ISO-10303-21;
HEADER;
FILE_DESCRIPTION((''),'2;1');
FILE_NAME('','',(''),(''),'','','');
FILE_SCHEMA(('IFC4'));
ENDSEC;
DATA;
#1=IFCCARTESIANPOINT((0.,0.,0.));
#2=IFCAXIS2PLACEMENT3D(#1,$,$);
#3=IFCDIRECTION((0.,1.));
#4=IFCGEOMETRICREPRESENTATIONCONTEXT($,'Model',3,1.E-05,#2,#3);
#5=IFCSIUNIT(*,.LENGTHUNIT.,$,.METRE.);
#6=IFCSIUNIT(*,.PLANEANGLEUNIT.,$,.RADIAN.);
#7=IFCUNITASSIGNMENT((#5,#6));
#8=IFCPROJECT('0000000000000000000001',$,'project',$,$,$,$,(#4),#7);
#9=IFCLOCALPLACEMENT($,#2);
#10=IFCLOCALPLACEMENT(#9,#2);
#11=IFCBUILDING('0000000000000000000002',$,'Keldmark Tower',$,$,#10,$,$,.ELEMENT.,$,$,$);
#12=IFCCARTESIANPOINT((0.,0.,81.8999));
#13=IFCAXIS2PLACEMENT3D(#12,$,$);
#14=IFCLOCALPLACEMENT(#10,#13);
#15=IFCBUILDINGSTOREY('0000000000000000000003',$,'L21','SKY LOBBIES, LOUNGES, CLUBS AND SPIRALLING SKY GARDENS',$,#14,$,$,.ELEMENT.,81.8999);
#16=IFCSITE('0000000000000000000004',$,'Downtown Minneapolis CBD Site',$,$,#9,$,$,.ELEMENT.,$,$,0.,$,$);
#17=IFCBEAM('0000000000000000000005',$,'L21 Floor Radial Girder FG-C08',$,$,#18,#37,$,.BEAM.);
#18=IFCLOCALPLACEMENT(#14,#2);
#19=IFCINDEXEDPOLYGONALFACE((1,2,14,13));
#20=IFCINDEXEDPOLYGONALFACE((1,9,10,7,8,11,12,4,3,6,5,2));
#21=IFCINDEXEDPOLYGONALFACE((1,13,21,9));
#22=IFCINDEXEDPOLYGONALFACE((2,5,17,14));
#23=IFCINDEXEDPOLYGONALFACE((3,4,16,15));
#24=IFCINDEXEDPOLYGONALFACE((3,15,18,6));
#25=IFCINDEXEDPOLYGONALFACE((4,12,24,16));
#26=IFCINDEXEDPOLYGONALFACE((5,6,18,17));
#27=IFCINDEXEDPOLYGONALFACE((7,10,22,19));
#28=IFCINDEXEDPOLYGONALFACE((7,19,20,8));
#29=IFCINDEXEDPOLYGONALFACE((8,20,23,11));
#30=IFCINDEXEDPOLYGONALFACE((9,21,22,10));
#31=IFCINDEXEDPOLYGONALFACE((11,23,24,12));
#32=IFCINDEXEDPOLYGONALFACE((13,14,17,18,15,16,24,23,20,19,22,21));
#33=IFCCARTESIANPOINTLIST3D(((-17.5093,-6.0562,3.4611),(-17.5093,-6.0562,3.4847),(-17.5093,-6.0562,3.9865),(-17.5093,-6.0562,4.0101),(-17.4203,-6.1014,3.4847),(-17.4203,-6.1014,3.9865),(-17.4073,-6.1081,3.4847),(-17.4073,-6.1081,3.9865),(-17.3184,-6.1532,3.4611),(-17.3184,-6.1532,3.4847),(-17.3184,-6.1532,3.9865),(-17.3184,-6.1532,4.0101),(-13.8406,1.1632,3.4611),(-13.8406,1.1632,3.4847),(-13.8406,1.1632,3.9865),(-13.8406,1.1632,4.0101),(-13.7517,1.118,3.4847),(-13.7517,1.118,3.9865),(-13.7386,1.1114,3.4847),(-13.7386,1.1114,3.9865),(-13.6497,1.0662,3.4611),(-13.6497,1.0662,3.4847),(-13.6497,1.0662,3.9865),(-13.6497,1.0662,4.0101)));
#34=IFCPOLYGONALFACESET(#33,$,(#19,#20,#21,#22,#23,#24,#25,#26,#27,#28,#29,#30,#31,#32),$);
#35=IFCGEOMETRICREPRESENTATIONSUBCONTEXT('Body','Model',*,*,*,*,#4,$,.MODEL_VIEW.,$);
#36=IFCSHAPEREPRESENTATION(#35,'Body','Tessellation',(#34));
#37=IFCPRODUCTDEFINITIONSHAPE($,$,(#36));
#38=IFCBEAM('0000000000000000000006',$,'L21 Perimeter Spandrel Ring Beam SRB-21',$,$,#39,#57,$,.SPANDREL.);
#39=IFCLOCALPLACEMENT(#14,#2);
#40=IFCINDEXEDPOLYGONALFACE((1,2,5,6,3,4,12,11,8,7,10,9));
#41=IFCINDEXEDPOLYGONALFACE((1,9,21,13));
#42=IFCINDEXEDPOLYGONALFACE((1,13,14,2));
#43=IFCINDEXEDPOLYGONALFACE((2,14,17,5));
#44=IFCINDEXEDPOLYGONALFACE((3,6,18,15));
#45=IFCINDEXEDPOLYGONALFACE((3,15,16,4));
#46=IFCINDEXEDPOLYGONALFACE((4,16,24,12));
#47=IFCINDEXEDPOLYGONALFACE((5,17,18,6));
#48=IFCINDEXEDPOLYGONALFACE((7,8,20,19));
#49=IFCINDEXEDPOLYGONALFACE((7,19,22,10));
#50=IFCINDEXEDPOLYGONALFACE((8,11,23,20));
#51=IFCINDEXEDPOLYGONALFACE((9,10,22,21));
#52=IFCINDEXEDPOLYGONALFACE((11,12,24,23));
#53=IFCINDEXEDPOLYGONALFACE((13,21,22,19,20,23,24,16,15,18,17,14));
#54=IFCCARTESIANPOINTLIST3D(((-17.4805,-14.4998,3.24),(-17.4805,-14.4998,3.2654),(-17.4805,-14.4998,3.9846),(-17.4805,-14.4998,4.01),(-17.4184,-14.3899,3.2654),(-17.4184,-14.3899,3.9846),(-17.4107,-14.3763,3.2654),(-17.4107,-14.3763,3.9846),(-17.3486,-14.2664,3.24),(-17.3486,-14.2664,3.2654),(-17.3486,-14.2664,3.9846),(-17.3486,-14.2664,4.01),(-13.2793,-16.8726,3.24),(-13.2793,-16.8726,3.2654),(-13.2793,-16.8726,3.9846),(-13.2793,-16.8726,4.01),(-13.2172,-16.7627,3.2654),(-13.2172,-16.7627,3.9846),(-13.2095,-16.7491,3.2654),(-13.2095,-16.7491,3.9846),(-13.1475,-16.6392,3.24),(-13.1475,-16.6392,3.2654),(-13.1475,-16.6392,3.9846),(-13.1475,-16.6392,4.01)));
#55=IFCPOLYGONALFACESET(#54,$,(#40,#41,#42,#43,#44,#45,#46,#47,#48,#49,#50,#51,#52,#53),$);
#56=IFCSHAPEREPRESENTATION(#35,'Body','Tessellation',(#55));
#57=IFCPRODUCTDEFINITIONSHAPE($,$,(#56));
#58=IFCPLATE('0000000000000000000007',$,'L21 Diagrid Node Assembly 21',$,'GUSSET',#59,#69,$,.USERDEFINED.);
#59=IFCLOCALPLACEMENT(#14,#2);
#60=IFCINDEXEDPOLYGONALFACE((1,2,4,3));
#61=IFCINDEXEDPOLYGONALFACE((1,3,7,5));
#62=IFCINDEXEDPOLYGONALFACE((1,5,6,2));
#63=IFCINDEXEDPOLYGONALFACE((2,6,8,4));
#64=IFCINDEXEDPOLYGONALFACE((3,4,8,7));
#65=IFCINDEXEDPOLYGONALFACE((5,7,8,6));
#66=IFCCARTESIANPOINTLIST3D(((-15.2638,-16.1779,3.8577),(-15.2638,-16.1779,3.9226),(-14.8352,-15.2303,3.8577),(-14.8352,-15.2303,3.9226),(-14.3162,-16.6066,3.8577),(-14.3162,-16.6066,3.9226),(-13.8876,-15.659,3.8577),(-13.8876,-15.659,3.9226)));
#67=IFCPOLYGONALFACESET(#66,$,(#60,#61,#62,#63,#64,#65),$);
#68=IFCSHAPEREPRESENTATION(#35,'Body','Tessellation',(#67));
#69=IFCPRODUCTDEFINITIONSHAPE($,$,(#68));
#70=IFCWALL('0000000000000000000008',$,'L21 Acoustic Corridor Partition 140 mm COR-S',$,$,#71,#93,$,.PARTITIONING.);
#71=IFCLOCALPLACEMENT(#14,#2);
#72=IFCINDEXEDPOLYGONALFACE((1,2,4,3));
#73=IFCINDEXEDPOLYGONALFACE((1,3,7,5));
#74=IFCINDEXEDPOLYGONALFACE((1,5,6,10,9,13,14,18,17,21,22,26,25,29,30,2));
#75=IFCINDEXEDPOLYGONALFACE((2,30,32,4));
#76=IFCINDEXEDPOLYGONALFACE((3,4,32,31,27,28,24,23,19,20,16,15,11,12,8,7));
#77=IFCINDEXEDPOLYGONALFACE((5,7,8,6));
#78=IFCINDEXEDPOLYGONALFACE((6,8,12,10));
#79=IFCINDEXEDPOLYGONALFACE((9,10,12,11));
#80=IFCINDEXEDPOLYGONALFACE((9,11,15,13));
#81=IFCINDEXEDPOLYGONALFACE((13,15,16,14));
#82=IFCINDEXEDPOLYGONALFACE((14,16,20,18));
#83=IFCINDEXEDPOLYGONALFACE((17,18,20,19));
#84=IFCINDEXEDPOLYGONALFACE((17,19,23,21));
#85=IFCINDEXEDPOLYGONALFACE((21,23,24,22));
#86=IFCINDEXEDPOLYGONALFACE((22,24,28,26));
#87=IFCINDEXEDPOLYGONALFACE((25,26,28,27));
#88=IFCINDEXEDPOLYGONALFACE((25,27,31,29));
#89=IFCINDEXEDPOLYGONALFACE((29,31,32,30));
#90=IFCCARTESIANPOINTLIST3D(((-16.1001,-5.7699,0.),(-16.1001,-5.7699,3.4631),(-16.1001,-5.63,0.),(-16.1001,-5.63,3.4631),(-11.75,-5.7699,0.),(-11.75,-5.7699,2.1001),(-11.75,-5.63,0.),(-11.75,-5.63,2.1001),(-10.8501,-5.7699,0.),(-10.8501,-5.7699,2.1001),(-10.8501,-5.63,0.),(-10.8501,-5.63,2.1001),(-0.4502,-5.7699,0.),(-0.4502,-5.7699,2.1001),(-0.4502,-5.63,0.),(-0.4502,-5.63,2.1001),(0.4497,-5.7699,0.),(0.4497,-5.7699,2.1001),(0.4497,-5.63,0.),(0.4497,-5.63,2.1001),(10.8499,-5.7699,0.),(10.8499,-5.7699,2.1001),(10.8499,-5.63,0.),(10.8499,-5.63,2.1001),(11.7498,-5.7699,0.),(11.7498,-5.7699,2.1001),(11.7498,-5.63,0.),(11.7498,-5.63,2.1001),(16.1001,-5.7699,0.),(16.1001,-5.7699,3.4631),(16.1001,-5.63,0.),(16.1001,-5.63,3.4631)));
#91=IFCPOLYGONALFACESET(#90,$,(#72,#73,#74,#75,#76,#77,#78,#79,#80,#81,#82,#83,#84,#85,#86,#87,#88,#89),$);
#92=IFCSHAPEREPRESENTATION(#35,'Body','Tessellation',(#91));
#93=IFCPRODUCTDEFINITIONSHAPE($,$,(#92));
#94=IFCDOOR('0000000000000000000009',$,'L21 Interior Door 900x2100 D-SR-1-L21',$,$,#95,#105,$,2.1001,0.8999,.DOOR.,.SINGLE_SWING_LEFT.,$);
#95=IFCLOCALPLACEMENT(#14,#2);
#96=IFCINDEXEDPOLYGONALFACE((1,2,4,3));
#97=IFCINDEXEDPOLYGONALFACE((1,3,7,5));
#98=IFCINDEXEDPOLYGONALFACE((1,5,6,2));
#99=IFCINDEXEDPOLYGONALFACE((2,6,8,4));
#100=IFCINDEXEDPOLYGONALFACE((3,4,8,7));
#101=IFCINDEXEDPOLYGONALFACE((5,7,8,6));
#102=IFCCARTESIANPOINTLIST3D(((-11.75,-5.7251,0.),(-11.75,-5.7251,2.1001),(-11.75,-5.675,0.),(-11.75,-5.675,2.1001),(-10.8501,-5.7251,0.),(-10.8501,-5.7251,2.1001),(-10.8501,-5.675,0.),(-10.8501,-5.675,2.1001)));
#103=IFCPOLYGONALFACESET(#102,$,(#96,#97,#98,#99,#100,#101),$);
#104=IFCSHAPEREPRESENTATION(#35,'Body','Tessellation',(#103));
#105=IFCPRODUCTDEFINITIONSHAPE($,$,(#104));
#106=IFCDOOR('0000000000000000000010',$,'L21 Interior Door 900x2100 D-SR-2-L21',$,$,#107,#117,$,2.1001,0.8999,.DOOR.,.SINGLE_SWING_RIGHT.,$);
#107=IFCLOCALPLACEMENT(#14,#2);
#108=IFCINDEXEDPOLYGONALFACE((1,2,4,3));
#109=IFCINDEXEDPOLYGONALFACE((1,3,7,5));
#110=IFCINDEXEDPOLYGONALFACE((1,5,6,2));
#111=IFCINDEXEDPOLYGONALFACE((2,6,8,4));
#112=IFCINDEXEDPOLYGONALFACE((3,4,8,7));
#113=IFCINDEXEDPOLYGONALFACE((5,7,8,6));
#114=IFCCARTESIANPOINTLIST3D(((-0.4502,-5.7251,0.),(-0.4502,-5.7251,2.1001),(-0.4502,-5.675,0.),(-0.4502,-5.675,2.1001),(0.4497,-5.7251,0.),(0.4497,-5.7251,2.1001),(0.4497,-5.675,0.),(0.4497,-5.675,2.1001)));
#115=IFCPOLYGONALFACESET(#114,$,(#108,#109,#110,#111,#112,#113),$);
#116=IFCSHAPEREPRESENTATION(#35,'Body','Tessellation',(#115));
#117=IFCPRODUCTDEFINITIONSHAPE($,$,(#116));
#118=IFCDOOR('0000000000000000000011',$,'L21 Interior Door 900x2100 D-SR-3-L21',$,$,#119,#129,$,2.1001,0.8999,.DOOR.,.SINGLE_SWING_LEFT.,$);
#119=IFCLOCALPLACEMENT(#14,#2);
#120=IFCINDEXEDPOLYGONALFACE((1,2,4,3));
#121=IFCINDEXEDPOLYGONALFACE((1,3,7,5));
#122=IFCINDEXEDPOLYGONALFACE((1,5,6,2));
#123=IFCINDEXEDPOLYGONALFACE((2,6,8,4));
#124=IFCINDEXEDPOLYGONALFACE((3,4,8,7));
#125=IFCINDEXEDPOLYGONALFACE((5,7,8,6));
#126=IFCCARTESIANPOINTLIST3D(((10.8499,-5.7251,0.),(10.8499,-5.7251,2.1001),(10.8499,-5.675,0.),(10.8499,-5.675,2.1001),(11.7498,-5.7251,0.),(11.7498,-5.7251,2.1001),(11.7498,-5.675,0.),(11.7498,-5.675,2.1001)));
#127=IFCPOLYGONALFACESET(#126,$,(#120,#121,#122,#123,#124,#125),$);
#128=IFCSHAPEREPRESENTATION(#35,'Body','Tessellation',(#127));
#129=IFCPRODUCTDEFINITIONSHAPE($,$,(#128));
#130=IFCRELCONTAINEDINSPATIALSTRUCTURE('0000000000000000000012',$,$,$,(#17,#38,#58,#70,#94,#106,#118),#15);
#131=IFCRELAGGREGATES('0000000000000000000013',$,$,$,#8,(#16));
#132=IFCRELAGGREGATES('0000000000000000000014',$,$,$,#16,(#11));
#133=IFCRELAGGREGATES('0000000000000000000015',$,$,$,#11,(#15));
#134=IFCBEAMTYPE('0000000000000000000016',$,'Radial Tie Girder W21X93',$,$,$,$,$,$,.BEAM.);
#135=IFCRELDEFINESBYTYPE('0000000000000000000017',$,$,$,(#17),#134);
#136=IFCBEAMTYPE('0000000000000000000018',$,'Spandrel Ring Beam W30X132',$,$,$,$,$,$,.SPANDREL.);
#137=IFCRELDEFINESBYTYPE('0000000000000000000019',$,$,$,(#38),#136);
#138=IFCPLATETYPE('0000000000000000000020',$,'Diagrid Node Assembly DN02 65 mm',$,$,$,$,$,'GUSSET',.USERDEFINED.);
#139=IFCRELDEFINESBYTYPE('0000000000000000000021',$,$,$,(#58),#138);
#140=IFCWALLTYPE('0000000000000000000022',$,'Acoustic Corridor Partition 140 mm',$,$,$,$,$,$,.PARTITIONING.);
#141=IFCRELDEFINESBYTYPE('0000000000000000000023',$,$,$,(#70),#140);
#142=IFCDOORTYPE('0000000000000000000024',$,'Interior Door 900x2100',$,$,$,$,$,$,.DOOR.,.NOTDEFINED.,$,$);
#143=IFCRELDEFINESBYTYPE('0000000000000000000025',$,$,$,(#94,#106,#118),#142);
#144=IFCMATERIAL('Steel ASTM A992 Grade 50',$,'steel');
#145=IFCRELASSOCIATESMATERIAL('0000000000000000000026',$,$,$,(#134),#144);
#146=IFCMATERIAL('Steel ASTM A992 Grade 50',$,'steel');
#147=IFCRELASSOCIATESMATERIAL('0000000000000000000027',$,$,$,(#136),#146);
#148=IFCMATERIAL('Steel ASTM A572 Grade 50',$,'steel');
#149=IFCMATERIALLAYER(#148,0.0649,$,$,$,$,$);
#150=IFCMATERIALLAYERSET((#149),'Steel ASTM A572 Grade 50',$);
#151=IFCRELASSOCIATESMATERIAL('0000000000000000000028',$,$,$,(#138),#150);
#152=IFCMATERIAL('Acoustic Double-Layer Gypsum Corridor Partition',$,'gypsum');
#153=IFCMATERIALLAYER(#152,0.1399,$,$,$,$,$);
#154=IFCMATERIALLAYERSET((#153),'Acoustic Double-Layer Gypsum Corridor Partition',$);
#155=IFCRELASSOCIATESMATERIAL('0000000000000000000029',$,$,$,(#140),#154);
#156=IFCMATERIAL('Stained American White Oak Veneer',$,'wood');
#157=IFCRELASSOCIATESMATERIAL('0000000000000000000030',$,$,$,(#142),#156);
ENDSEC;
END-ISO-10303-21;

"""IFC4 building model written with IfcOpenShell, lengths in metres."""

from ifc_helpers import new_model, si_unit, direction, frame, frame_2d, origin, origin_2d, place, context, subcontext, project, spatial, rectangle, i_section, extrude, material, layer, layer_set, material_profile, profile_set, type_object, element, fill, save


model = new_model("IFC4")

# Units and contexts
model_context = context("Model", 3, precision=1e-05, world=origin(), true_north=direction((0.0, 1.0)))
body_context = subcontext(model_context, "Body", "Model", "MODEL_VIEW")
ifc_project = project(units=[si_unit("LENGTHUNIT", "METRE"), si_unit("PLANEANGLEUNIT", "RADIAN")], contexts=[model_context])

# Site, building, storey
site_placement = place(None, origin())
site = spatial("IfcSite", under=ifc_project, at=site_placement, Name="Downtown Minneapolis CBD Site", CompositionType="ELEMENT", RefElevation=0.0)
building_placement = place(site_placement, origin())
building = spatial("IfcBuilding", under=site, at=building_placement, Name="Keldmark Tower", CompositionType="ELEMENT")
storey_placement = place(building_placement, frame((0.0, 0.0, 81.8999)))
storey = spatial("IfcBuildingStorey", under=building, at=storey_placement, Name="L21", Description="SKY LOBBIES, LOUNGES, CLUBS AND SPIRALLING SKY GARDENS", CompositionType="ELEMENT", Elevation=81.8999)

# Beams
ifc_material_1 = material(Name="Steel ASTM A992 Grade 50", Category="steel")
ifc_material_profile_1 = material_profile(ifc_material_1, i_section(OverallWidth=0.2141, OverallDepth=0.5491, WebThickness=0.0146, FlangeThickness=0.0237, at=origin_2d()), Name="W21X93")
ifc_profile_set_1 = profile_set([ifc_material_profile_1], Name="Steel ASTM A992 Grade 50")
beam_type_1 = type_object("IfcBeamType", Name="Radial Tie Girder W21X93", PredefinedType="BEAM", material=ifc_profile_set_1)
beam_1_placement = place(storey_placement, frame((-17.4138, -6.1047, 3.7356), z_axis=(0.453029, 0.891496, 0.0), x_axis=(-0.891496, 0.453029, 0.0)))
element("IfcBeam", 1, at=beam_1_placement, inside=storey, type_object=beam_type_1, Name="L21 Floor Radial Girder FG-C08", PredefinedType="BEAM", context=body_context, shape_type="SweptSolid", body=[
    extrude(i_section(OverallWidth=0.2141, OverallDepth=0.5491, WebThickness=0.0146, FlangeThickness=0.0237, at=origin_2d()), origin(), (0.0, 0.0, 1.0), 8.0981),
])
ifc_material_2 = material(Name="Steel ASTM A992 Grade 50", Category="steel")
ifc_material_profile_2 = material_profile(ifc_material_2, i_section(OverallWidth=0.2681, OverallDepth=0.77, WebThickness=0.0156, FlangeThickness=0.0254, at=origin_2d()), Name="W30X132")
ifc_profile_set_2 = profile_set([ifc_material_profile_2], Name="Steel ASTM A992 Grade 50")
beam_type_2 = type_object("IfcBeamType", Name="Spandrel Ring Beam W30X132", PredefinedType="SPANDREL", material=ifc_profile_set_2)
beam_2_placement = place(storey_placement, frame((-17.4146, -14.3831, 3.625), z_axis=(0.87072, -0.491779, 0.0), x_axis=(0.491779, 0.87072, 0.0)))
element("IfcBeam", 2, at=beam_2_placement, inside=storey, type_object=beam_type_2, Name="L21 Perimeter Spandrel Ring Beam SRB-21", PredefinedType="SPANDREL", context=body_context, shape_type="SweptSolid", body=[
    extrude(i_section(OverallWidth=0.2681, OverallDepth=0.77, WebThickness=0.0156, FlangeThickness=0.0254, at=origin_2d()), origin(), (0.0, 0.0, 1.0), 4.825),
])

# Plate
ifc_material_3 = material(Name="Steel ASTM A572 Grade 50", Category="steel")
ifc_layer_1 = layer(ifc_material_3, 0.0649)
ifc_layer_set_1 = layer_set([ifc_layer_1], Name="Steel ASTM A572 Grade 50")
plate_type = type_object("IfcPlateType", Name="Diagrid Node Assembly DN02 65 mm", ElementType="GUSSET", PredefinedType="USERDEFINED", material=ifc_layer_set_1)
plate_placement = place(storey_placement, frame((-14.5757, -15.9185, 3.8577), z_axis=(0.0, 0.0, 1.0), x_axis=(0.911116, -0.412151, 0.0)))
element("IfcPlate", 3, at=plate_placement, inside=storey, type_object=plate_type, Name="L21 Diagrid Node Assembly 21", ObjectType="GUSSET", PredefinedType="USERDEFINED", context=body_context, shape_type="SweptSolid", body=[
    extrude(rectangle(XDim=1.04, YDim=1.04, at=origin_2d()), origin(), (0.0, 0.0, 1.0), 0.0649),
])

# Wall, openings, doors
ifc_material_4 = material(Name="Acoustic Double-Layer Gypsum Corridor Partition", Category="gypsum")
ifc_layer_2 = layer(ifc_material_4, 0.1399)
ifc_layer_set_2 = layer_set([ifc_layer_2], Name="Acoustic Double-Layer Gypsum Corridor Partition")
wall_type_1 = type_object("IfcWallType", Name="Acoustic Corridor Partition 140 mm", PredefinedType="PARTITIONING", material=ifc_layer_set_2)
wall_1_placement = place(storey_placement, frame((-16.1001, -5.7, 0.0), z_axis=(0.0, 0.0, 1.0), x_axis=(1.0, 0.0, 0.0)))
wall_1 = element("IfcWall", 4, at=wall_1_placement, inside=storey, type_object=wall_type_1, Name="L21 Acoustic Corridor Partition 140 mm COR-S", PredefinedType="PARTITIONING", context=body_context, shape_type="SweptSolid", body=[
    extrude(rectangle(XDim=32.2002, YDim=0.1399, at=frame_2d((16.1001, 0.0))), origin(), (0.0, 0.0, 1.0), 3.4631),
])
opening_1_placement = place(wall_1_placement, frame((4.3501, 0.0, 0.0)))
opening_1 = element("IfcOpeningElement", 5, at=opening_1_placement, cuts=wall_1, PredefinedType="OPENING", context=body_context, shape_type="SweptSolid", body=[
    extrude(rectangle(XDim=0.8999, YDim=2.1001, at=frame_2d((0.45, 1.05))), frame((0.0, 0.0798, 0.0), z_axis=(0.0, -1.0, 0.0), x_axis=(1.0, 0.0, 0.0)), (0.0, 0.0, 1.0), 0.1599),
])
opening_2_placement = place(wall_1_placement, frame((15.6499, 0.0, 0.0)))
opening_2 = element("IfcOpeningElement", 6, at=opening_2_placement, cuts=wall_1, PredefinedType="OPENING", context=body_context, shape_type="SweptSolid", body=[
    extrude(rectangle(XDim=0.8999, YDim=2.1001, at=frame_2d((0.45, 1.05))), frame((0.0, 0.0798, 0.0), z_axis=(0.0, -1.0, 0.0), x_axis=(1.0, 0.0, 0.0)), (0.0, 0.0, 1.0), 0.1599),
])
opening_3_placement = place(wall_1_placement, frame((26.95, 0.0, 0.0)))
opening_3 = element("IfcOpeningElement", 7, at=opening_3_placement, cuts=wall_1, PredefinedType="OPENING", context=body_context, shape_type="SweptSolid", body=[
    extrude(rectangle(XDim=0.8999, YDim=2.1001, at=frame_2d((0.45, 1.05))), frame((0.0, 0.0798, 0.0), z_axis=(0.0, -1.0, 0.0), x_axis=(1.0, 0.0, 0.0)), (0.0, 0.0, 1.0), 0.1599),
])
ifc_material_5 = material(Name="Stained American White Oak Veneer", Category="wood")
door_type_1 = type_object("IfcDoorType", Name="Interior Door 900x2100", OperationType="NOTDEFINED", PredefinedType="DOOR", material=ifc_material_5)
door_1_placement = place(opening_1_placement, origin())
door_1 = element("IfcDoor", 8, at=door_1_placement, inside=storey, type_object=door_type_1, Name="L21 Interior Door 900x2100 D-SR-1-L21", OperationType="SINGLE_SWING_LEFT", OverallHeight=2.1001, OverallWidth=0.8999, PredefinedType="DOOR", context=body_context, shape_type="SweptSolid", body=[
    extrude(rectangle(XDim=0.8999, YDim=2.1001, at=frame_2d((0.45, 1.05))), frame((0.0, 0.0249, 0.0), z_axis=(0.0, -1.0, 0.0), x_axis=(1.0, 0.0, 0.0)), (0.0, 0.0, 1.0), 0.05),
])
fill(opening_1, door_1)
door_2_placement = place(opening_2_placement, origin())
door_2 = element("IfcDoor", 9, at=door_2_placement, inside=storey, type_object=door_type_1, Name="L21 Interior Door 900x2100 D-SR-2-L21", OperationType="SINGLE_SWING_RIGHT", OverallHeight=2.1001, OverallWidth=0.8999, PredefinedType="DOOR", context=body_context, shape_type="SweptSolid", body=[
    extrude(rectangle(XDim=0.8999, YDim=2.1001, at=frame_2d((0.45, 1.05))), frame((0.0, 0.0249, 0.0), z_axis=(0.0, -1.0, 0.0), x_axis=(1.0, 0.0, 0.0)), (0.0, 0.0, 1.0), 0.05),
])
fill(opening_2, door_2)
door_3_placement = place(opening_3_placement, origin())
door_3 = element("IfcDoor", 10, at=door_3_placement, inside=storey, type_object=door_type_1, Name="L21 Interior Door 900x2100 D-SR-3-L21", OperationType="SINGLE_SWING_LEFT", OverallHeight=2.1001, OverallWidth=0.8999, PredefinedType="DOOR", context=body_context, shape_type="SweptSolid", body=[
    extrude(rectangle(XDim=0.8999, YDim=2.1001, at=frame_2d((0.45, 1.05))), frame((0.0, 0.0249, 0.0), z_axis=(0.0, -1.0, 0.0), x_axis=(1.0, 0.0, 0.0)), (0.0, 0.0, 1.0), 0.05),
])
fill(opening_3, door_3)

save(model, "model.ifc")
